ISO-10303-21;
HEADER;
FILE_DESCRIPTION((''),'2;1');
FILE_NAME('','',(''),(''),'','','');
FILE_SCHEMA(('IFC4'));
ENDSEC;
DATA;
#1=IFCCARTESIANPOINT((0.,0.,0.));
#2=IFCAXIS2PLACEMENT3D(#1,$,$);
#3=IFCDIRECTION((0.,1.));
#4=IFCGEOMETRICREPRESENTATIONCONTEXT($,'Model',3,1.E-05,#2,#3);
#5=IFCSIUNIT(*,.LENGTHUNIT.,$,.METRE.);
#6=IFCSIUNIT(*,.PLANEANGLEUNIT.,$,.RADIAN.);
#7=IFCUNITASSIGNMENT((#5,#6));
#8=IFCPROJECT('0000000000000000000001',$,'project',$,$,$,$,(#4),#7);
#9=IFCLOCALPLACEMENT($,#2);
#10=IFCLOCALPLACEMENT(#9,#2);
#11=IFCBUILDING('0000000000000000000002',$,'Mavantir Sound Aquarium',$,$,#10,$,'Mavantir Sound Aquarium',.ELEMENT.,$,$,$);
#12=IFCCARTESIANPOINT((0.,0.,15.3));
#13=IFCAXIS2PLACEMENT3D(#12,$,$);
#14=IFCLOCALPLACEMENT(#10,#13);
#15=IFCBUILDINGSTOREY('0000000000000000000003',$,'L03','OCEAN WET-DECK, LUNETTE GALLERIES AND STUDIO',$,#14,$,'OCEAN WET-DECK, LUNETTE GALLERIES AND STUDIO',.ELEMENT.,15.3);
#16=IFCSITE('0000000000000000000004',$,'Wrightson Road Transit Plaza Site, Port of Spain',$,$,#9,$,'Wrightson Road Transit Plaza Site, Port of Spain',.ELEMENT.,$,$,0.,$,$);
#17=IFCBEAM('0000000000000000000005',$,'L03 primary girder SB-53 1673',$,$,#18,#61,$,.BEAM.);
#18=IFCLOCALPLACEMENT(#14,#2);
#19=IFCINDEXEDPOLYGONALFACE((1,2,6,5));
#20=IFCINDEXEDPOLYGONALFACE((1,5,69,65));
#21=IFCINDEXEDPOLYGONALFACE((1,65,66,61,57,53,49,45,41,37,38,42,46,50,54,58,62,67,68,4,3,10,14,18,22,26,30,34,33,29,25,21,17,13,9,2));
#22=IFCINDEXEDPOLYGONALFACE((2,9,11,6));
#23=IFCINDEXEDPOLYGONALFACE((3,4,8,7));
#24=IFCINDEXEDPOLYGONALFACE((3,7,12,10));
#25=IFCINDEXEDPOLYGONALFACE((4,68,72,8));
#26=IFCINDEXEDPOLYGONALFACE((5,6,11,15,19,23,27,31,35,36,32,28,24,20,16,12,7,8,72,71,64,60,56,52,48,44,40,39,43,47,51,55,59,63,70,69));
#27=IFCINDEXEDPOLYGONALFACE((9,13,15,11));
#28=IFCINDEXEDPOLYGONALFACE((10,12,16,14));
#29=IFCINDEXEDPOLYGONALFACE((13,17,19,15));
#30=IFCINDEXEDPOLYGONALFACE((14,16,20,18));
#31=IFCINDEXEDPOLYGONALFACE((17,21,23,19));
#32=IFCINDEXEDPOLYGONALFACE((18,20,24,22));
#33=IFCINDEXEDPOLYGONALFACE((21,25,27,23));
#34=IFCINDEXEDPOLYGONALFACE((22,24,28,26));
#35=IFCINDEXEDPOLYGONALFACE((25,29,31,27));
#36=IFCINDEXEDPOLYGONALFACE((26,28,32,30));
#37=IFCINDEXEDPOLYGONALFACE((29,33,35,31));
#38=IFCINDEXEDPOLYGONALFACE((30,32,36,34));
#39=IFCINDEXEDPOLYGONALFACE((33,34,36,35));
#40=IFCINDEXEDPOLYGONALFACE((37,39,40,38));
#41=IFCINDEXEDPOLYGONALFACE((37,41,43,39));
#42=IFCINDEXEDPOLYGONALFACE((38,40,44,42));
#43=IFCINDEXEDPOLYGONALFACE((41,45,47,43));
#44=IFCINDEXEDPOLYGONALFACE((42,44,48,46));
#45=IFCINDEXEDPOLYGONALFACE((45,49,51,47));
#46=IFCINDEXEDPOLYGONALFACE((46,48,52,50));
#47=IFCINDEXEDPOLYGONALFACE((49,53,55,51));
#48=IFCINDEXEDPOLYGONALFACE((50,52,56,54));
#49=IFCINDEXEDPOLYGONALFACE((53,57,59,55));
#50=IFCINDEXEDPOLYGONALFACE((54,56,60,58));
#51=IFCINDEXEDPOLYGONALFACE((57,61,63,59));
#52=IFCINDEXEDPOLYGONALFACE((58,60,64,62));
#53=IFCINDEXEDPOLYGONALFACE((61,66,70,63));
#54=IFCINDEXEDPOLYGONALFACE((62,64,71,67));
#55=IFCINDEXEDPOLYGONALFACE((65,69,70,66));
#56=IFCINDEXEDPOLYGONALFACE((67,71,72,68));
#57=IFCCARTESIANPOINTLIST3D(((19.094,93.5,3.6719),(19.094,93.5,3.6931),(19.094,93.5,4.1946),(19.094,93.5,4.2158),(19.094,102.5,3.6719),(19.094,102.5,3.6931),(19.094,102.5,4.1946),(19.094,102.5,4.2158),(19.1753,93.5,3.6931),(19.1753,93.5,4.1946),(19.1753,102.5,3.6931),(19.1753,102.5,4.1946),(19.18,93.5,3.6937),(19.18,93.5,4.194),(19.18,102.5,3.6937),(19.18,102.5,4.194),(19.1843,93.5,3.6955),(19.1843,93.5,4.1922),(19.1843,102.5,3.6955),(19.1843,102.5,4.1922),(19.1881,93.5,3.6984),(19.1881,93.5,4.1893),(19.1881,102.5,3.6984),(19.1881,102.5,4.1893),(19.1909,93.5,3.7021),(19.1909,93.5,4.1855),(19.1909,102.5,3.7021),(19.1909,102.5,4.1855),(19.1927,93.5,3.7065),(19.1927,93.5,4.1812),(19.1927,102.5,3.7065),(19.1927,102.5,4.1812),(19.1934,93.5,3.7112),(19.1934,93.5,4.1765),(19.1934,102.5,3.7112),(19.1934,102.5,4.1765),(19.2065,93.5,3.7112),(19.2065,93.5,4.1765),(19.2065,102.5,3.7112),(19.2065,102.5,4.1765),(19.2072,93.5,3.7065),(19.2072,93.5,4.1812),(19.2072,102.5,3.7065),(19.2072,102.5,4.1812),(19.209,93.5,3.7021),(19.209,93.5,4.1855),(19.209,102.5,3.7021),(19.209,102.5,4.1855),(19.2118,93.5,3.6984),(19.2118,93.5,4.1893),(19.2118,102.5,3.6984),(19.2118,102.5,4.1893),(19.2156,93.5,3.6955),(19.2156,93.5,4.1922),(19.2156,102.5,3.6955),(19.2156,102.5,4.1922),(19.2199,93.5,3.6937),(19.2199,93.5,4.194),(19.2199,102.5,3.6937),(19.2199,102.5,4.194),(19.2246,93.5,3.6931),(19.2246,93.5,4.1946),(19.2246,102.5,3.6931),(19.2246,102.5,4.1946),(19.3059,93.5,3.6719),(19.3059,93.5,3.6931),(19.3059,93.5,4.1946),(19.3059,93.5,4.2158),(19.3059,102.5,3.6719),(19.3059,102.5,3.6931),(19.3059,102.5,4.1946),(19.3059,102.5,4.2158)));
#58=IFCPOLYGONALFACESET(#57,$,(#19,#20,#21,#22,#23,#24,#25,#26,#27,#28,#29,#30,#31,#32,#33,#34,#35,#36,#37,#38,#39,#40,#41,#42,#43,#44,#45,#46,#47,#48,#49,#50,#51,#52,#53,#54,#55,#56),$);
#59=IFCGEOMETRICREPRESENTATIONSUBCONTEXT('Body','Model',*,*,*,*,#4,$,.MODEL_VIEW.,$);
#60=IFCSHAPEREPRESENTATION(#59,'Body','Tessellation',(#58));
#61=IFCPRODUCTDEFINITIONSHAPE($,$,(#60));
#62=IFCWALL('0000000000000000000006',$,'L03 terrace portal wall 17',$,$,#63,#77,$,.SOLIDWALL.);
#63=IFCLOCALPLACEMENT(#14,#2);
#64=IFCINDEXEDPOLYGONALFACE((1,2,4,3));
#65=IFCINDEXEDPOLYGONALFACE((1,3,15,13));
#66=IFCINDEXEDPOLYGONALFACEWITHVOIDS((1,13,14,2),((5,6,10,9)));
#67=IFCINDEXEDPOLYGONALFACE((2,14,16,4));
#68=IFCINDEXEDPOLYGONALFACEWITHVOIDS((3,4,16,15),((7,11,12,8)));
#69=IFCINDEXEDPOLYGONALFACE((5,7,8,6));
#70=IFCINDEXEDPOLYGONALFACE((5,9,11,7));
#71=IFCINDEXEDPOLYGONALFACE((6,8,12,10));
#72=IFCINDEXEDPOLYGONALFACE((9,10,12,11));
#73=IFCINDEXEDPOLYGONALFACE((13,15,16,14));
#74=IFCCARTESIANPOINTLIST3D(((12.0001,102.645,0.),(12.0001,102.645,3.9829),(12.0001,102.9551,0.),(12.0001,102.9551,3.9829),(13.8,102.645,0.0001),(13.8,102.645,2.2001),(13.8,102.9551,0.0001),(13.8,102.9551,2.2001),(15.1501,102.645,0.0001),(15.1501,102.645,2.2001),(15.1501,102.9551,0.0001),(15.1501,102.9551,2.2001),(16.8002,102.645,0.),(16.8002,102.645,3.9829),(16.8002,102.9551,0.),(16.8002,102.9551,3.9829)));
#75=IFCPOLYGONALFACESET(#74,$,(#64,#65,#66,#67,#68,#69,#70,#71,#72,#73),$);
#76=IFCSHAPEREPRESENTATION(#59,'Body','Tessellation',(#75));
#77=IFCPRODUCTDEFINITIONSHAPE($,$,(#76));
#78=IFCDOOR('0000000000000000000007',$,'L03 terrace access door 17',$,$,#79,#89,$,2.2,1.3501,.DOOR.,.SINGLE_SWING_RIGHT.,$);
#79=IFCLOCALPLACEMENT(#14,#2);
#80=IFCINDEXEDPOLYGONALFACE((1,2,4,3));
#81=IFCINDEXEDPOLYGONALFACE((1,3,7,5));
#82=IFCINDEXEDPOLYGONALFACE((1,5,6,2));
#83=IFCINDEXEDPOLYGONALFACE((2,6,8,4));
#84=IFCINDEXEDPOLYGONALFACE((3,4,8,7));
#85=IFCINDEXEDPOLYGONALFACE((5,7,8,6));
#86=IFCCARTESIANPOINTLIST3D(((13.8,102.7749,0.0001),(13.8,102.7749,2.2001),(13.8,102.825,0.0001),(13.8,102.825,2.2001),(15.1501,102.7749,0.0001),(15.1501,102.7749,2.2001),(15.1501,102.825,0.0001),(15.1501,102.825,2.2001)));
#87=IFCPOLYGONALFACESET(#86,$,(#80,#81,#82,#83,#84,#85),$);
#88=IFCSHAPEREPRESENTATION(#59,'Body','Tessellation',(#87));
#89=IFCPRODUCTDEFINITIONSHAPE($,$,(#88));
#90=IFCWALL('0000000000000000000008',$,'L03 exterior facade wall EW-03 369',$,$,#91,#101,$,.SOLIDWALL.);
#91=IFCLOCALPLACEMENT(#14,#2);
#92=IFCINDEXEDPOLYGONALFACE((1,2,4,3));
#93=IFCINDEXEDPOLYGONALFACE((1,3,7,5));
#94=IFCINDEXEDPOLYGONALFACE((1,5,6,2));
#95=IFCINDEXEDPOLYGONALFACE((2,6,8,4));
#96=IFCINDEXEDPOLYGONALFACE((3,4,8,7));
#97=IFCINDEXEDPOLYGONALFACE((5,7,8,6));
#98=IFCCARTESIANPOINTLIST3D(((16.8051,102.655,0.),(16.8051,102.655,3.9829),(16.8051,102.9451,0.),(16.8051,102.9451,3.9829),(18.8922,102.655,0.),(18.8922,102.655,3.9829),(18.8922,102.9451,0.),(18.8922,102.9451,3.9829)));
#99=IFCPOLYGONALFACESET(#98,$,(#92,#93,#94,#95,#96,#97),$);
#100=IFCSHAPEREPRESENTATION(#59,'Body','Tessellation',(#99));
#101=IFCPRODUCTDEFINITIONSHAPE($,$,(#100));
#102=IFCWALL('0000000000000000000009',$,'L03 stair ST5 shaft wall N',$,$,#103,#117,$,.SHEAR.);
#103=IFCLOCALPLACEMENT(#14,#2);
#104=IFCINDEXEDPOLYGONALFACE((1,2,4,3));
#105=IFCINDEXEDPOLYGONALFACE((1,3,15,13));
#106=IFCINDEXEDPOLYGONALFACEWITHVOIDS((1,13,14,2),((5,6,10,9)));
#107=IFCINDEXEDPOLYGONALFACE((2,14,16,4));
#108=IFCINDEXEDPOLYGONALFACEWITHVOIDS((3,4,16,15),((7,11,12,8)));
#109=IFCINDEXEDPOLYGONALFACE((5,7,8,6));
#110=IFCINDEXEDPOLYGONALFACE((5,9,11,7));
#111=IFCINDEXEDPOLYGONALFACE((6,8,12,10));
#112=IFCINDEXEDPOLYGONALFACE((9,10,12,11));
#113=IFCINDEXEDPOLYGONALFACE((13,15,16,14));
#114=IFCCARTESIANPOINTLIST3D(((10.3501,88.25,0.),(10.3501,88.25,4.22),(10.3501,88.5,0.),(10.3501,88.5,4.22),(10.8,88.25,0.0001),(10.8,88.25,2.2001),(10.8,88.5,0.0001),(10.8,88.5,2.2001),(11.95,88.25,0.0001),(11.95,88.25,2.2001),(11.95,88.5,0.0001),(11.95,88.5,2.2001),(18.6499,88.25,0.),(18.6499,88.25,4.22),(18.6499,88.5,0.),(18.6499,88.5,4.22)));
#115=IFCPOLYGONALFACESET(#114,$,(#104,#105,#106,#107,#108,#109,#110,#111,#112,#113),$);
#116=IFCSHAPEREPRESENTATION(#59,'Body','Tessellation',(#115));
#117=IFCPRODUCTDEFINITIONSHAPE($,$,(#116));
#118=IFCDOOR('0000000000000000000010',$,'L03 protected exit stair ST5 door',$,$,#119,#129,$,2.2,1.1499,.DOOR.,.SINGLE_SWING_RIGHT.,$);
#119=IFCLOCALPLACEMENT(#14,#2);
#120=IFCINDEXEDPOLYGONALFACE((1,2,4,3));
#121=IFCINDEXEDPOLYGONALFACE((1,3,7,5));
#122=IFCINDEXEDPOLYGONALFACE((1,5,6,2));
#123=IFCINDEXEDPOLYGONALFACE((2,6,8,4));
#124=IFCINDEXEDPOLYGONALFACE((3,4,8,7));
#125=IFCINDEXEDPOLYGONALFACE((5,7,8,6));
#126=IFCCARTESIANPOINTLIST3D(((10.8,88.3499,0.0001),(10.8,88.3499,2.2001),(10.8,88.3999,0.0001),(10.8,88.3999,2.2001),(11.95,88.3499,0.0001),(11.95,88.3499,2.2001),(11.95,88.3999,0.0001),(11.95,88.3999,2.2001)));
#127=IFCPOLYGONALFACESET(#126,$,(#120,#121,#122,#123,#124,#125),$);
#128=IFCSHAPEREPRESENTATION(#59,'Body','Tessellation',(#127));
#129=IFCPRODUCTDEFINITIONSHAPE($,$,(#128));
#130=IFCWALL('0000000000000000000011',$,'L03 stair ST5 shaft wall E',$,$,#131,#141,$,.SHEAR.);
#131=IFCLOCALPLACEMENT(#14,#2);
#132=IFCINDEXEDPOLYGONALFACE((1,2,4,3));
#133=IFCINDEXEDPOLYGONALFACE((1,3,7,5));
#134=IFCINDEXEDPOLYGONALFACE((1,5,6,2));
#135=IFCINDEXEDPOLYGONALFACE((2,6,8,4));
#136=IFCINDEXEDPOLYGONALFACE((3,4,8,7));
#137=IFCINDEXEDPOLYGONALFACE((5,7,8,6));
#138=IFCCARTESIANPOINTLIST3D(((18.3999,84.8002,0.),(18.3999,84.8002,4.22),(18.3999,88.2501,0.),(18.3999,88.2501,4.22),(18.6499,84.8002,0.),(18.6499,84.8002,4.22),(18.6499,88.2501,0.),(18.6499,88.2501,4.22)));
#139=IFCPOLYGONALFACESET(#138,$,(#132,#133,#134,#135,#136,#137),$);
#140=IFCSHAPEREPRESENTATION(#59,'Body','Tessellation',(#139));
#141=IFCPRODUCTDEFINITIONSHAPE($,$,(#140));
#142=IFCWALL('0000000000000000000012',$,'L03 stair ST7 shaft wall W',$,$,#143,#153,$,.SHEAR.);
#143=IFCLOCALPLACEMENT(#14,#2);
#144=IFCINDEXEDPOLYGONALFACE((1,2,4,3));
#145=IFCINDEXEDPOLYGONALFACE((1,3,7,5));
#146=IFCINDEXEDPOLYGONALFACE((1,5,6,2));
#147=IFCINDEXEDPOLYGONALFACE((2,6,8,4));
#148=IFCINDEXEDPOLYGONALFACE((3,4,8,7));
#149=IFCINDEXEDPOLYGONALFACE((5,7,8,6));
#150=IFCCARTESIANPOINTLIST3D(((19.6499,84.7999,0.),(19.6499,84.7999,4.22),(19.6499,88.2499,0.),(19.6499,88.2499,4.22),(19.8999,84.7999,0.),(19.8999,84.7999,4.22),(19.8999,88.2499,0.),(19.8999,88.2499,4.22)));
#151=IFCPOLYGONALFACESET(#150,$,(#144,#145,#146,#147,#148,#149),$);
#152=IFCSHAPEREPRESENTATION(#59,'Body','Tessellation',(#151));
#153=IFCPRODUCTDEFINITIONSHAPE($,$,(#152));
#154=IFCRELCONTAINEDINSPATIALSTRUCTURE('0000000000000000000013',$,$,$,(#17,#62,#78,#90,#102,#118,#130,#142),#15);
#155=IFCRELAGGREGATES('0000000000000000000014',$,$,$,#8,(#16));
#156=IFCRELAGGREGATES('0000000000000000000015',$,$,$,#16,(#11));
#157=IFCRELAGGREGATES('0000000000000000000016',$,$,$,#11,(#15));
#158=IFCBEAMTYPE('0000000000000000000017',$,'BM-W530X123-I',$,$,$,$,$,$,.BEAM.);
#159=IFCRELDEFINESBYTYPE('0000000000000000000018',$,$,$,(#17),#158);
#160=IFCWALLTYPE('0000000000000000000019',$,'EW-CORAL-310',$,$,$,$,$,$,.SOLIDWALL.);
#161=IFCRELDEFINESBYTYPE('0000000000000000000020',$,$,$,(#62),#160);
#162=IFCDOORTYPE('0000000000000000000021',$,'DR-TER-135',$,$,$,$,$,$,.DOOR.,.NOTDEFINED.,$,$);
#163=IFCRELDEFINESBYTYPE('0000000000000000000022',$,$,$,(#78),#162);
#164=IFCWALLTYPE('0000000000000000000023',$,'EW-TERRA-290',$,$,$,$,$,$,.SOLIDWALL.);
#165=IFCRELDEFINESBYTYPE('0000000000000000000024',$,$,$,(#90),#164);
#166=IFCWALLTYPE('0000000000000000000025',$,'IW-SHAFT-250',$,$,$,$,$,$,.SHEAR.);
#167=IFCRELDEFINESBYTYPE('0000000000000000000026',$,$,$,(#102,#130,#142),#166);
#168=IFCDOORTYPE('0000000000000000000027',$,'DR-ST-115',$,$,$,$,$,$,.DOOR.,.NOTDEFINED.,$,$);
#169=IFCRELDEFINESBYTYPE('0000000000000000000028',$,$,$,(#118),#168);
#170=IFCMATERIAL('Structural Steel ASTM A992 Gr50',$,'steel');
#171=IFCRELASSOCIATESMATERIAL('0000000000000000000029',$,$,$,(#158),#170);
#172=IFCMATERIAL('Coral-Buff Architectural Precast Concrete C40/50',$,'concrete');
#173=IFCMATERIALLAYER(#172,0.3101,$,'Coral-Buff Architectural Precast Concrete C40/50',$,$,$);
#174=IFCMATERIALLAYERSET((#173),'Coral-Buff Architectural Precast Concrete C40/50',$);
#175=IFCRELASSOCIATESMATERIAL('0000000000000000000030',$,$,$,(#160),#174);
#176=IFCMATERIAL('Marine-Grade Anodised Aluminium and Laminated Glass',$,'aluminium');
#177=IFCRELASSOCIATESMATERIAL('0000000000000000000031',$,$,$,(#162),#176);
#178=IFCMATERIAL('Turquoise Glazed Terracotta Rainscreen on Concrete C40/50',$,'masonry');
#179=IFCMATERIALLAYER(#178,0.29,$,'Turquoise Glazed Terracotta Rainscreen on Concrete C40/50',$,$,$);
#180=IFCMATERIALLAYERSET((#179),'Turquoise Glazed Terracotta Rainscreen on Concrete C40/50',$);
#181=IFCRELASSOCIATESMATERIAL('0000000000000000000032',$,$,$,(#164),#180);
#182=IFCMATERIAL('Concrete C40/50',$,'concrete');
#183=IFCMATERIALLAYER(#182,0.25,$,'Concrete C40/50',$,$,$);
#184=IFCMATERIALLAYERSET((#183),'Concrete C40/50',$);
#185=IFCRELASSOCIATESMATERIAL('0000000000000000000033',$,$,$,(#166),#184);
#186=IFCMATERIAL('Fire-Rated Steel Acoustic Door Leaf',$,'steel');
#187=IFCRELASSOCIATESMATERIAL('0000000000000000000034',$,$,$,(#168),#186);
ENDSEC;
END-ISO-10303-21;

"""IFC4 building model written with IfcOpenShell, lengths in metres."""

from ifc_helpers import new_model, si_unit, direction, frame, frame_2d, origin, origin_2d, place, context, subcontext, project, spatial, rectangle, i_section, extrude, material, layer, layer_set, material_profile, profile_set, type_object, element, fill, save


model = new_model("IFC4")

# Units and contexts
model_context = context("Model", 3, precision=1e-05, world=origin(), true_north=direction((0.0, 1.0)))
body_context = subcontext(model_context, "Body", "Model", "MODEL_VIEW")
ifc_project = project(units=[si_unit("LENGTHUNIT", "METRE"), si_unit("PLANEANGLEUNIT", "RADIAN")], contexts=[model_context])

# Site, building, storey
site_placement = place(None, origin())
site = spatial("IfcSite", under=ifc_project, at=site_placement, Name="Wrightson Road Transit Plaza Site, Port of Spain", LongName="Wrightson Road Transit Plaza Site, Port of Spain", CompositionType="ELEMENT", RefElevation=0.0)
building_placement = place(site_placement, origin())
building = spatial("IfcBuilding", under=site, at=building_placement, Name="Mavantir Sound Aquarium", LongName="Mavantir Sound Aquarium", CompositionType="ELEMENT")
storey_placement = place(building_placement, frame((0.0, 0.0, 15.3)))
storey = spatial("IfcBuildingStorey", under=building, at=storey_placement, Name="L03", Description="OCEAN WET-DECK, LUNETTE GALLERIES AND STUDIO", LongName="OCEAN WET-DECK, LUNETTE GALLERIES AND STUDIO", CompositionType="ELEMENT", Elevation=15.3)

# Shared definitions
ifc_material_1 = material(Name="Concrete C40/50", Category="concrete")

# Beam
ifc_material_2 = material(Name="Structural Steel ASTM A992 Gr50", Category="steel")
ifc_material_profile_1 = material_profile(ifc_material_2, i_section(OverallWidth=0.2119, OverallDepth=0.5439, WebThickness=0.0132, FlangeThickness=0.0212, FilletRadius=0.0181, at=origin_2d()), Name="W530X123")
ifc_profile_set_1 = profile_set([ifc_material_profile_1], Name="Structural Steel ASTM A992 Gr50")
beam_type_1 = type_object("IfcBeamType", Name="BM-W530X123-I", PredefinedType="BEAM", material=ifc_profile_set_1)
beam_1_placement = place(storey_placement, frame((19.2, 93.5, 3.9438), z_axis=(0.0, 1.0, 0.0), x_axis=(-1.0, 0.0, 0.0)))
element("IfcBeam", 1, at=beam_1_placement, inside=storey, type_object=beam_type_1, Name="L03 primary girder SB-53 1673", PredefinedType="BEAM", context=body_context, shape_type="SweptSolid", body=[
    extrude(i_section(OverallWidth=0.2119, OverallDepth=0.5439, WebThickness=0.0132, FlangeThickness=0.0212, FilletRadius=0.0181, at=origin_2d()), origin(), (0.0, 0.0, 1.0), 9.0),
])

# Wall, opening, door
ifc_material_3 = material(Name="Coral-Buff Architectural Precast Concrete C40/50", Category="concrete")
ifc_layer_1 = layer(ifc_material_3, 0.3101, Name="Coral-Buff Architectural Precast Concrete C40/50")
ifc_layer_set_1 = layer_set([ifc_layer_1], Name="Coral-Buff Architectural Precast Concrete C40/50")
wall_type_1 = type_object("IfcWallType", Name="EW-CORAL-310", PredefinedType="SOLIDWALL", material=ifc_layer_set_1)
wall_1_placement = place(storey_placement, frame((16.8, 102.8, 0.0), z_axis=(0.0, 0.0, 1.0), x_axis=(-1.0, 0.0, 0.0)))
wall_1 = element("IfcWall", 2, at=wall_1_placement, inside=storey, type_object=wall_type_1, Name="L03 terrace portal wall 17", PredefinedType="SOLIDWALL", context=body_context, shape_type="SweptSolid", body=[
    extrude(rectangle(XDim=4.8, YDim=0.3101, at=frame_2d((2.3999, 0.0))), origin(), (0.0, 0.0, 1.0), 3.9829),
])
opening_1_placement = place(wall_1_placement, frame((3.0, 0.0, 0.0), z_axis=(0.0, 0.0, 1.0), x_axis=(-1.0, 0.0, 0.0)))
opening_1 = element("IfcOpeningElement", 3, at=opening_1_placement, cuts=wall_1, PredefinedType="OPENING", context=body_context, shape_type="SweptSolid", body=[
    extrude(rectangle(XDim=1.3501, YDim=2.2, at=frame_2d((0.675, 1.1001))), frame((0.0, 0.165, 0.0), z_axis=(0.0, -1.0, 0.0), x_axis=(1.0, 0.0, 0.0)), (0.0, 0.0, 1.0), 0.3301),
])
ifc_material_4 = material(Name="Marine-Grade Anodised Aluminium and Laminated Glass", Category="aluminium")
door_type_1 = type_object("IfcDoorType", Name="DR-TER-135", OperationType="NOTDEFINED", PredefinedType="DOOR", material=ifc_material_4)
door_1_placement = place(opening_1_placement, origin())
door_1 = element("IfcDoor", 4, at=door_1_placement, inside=storey, type_object=door_type_1, Name="L03 terrace access door 17", OperationType="SINGLE_SWING_RIGHT", OverallHeight=2.2, OverallWidth=1.3501, PredefinedType="DOOR", context=body_context, shape_type="SweptSolid", body=[
    extrude(rectangle(XDim=1.3501, YDim=2.2, at=frame_2d((0.675, 1.1001))), frame((0.0, 0.0249, 0.0), z_axis=(0.0, -1.0, 0.0), x_axis=(1.0, 0.0, 0.0)), (0.0, 0.0, 1.0), 0.05),
])
fill(opening_1, door_1)

# Wall
ifc_material_5 = material(Name="Turquoise Glazed Terracotta Rainscreen on Concrete C40/50", Category="masonry")
ifc_layer_2 = layer(ifc_material_5, 0.29, Name="Turquoise Glazed Terracotta Rainscreen on Concrete C40/50")
ifc_layer_set_2 = layer_set([ifc_layer_2], Name="Turquoise Glazed Terracotta Rainscreen on Concrete C40/50")
wall_type_2 = type_object("IfcWallType", Name="EW-TERRA-290", PredefinedType="SOLIDWALL", material=ifc_layer_set_2)
wall_2_placement = place(storey_placement, frame((18.8921, 102.8, 0.0), z_axis=(0.0, 0.0, 1.0), x_axis=(-1.0, 0.0, 0.0)))
element("IfcWall", 5, at=wall_2_placement, inside=storey, type_object=wall_type_2, Name="L03 exterior facade wall EW-03 369", PredefinedType="SOLIDWALL", context=body_context, shape_type="SweptSolid", body=[
    extrude(rectangle(XDim=2.0872, YDim=0.29, at=frame_2d((1.0435, 0.0))), origin(), (0.0, 0.0, 1.0), 3.9829),
])

# Wall, opening, door
ifc_layer_3 = layer(ifc_material_1, 0.25, Name="Concrete C40/50")
ifc_layer_set_3 = layer_set([ifc_layer_3], Name="Concrete C40/50")
wall_type_3 = type_object("IfcWallType", Name="IW-SHAFT-250", PredefinedType="SHEAR", material=ifc_layer_set_3)
wall_3_placement = place(storey_placement, frame((18.6499, 88.375, 0.0), z_axis=(0.0, 0.0, 1.0), x_axis=(-1.0, 0.0, 0.0)))
wall_3 = element("IfcWall", 6, at=wall_3_placement, inside=storey, type_object=wall_type_3, Name="L03 stair ST5 shaft wall N", PredefinedType="SHEAR", context=body_context, shape_type="SweptSolid", body=[
    extrude(rectangle(XDim=8.2998, YDim=0.25, at=frame_2d((4.1499, 0.0))), origin(), (0.0, 0.0, 1.0), 4.22),
])
opening_2_placement = place(wall_3_placement, frame((7.8499, 0.0, 0.0), z_axis=(0.0, 0.0, 1.0), x_axis=(-1.0, 0.0, 0.0)))
opening_2 = element("IfcOpeningElement", 7, at=opening_2_placement, cuts=wall_3, PredefinedType="OPENING", context=body_context, shape_type="SweptSolid", body=[
    extrude(rectangle(XDim=1.1499, YDim=2.2, at=frame_2d((0.575, 1.1001))), frame((0.0, 0.135, 0.0), z_axis=(0.0, -1.0, 0.0), x_axis=(1.0, 0.0, 0.0)), (0.0, 0.0, 1.0), 0.27),
])
ifc_material_6 = material(Name="Fire-Rated Steel Acoustic Door Leaf", Category="steel")
door_type_2 = type_object("IfcDoorType", Name="DR-ST-115", OperationType="NOTDEFINED", PredefinedType="DOOR", material=ifc_material_6)
door_2_placement = place(opening_2_placement, origin())
door_2 = element("IfcDoor", 8, at=door_2_placement, inside=storey, type_object=door_type_2, Name="L03 protected exit stair ST5 door", OperationType="SINGLE_SWING_RIGHT", OverallHeight=2.2, OverallWidth=1.1499, PredefinedType="DOOR", context=body_context, shape_type="SweptSolid", body=[
    extrude(rectangle(XDim=1.1499, YDim=2.2, at=frame_2d((0.575, 1.1001))), frame((0.0, 0.0249, 0.0), z_axis=(0.0, -1.0, 0.0), x_axis=(1.0, 0.0, 0.0)), (0.0, 0.0, 1.0), 0.05),
])
fill(opening_2, door_2)

# Walls
for number, where, z_axis, x_axis, name in (
    (9, (18.5249, 84.8, 0.0), (0.0, 0.0, 1.0), (0.0, 1.0, 0.0), "L03 stair ST5 shaft wall E"),
    (10, (19.7749, 88.25, 0.0), (0.0, 0.0, 1.0), (0.0, -1.0, 0.0), "L03 stair ST7 shaft wall W"),
):
    element("IfcWall", number, at=place(storey_placement, frame(where, z_axis=z_axis, x_axis=x_axis)), inside=storey, type_object=wall_type_3, Name=name, PredefinedType="SHEAR", context=body_context, shape_type="SweptSolid", body=[
        extrude(rectangle(XDim=3.45, YDim=0.25, at=frame_2d((1.7251, 0.0))), origin(), (0.0, 0.0, 1.0), 4.22),
    ])

save(model, "model.ifc")
